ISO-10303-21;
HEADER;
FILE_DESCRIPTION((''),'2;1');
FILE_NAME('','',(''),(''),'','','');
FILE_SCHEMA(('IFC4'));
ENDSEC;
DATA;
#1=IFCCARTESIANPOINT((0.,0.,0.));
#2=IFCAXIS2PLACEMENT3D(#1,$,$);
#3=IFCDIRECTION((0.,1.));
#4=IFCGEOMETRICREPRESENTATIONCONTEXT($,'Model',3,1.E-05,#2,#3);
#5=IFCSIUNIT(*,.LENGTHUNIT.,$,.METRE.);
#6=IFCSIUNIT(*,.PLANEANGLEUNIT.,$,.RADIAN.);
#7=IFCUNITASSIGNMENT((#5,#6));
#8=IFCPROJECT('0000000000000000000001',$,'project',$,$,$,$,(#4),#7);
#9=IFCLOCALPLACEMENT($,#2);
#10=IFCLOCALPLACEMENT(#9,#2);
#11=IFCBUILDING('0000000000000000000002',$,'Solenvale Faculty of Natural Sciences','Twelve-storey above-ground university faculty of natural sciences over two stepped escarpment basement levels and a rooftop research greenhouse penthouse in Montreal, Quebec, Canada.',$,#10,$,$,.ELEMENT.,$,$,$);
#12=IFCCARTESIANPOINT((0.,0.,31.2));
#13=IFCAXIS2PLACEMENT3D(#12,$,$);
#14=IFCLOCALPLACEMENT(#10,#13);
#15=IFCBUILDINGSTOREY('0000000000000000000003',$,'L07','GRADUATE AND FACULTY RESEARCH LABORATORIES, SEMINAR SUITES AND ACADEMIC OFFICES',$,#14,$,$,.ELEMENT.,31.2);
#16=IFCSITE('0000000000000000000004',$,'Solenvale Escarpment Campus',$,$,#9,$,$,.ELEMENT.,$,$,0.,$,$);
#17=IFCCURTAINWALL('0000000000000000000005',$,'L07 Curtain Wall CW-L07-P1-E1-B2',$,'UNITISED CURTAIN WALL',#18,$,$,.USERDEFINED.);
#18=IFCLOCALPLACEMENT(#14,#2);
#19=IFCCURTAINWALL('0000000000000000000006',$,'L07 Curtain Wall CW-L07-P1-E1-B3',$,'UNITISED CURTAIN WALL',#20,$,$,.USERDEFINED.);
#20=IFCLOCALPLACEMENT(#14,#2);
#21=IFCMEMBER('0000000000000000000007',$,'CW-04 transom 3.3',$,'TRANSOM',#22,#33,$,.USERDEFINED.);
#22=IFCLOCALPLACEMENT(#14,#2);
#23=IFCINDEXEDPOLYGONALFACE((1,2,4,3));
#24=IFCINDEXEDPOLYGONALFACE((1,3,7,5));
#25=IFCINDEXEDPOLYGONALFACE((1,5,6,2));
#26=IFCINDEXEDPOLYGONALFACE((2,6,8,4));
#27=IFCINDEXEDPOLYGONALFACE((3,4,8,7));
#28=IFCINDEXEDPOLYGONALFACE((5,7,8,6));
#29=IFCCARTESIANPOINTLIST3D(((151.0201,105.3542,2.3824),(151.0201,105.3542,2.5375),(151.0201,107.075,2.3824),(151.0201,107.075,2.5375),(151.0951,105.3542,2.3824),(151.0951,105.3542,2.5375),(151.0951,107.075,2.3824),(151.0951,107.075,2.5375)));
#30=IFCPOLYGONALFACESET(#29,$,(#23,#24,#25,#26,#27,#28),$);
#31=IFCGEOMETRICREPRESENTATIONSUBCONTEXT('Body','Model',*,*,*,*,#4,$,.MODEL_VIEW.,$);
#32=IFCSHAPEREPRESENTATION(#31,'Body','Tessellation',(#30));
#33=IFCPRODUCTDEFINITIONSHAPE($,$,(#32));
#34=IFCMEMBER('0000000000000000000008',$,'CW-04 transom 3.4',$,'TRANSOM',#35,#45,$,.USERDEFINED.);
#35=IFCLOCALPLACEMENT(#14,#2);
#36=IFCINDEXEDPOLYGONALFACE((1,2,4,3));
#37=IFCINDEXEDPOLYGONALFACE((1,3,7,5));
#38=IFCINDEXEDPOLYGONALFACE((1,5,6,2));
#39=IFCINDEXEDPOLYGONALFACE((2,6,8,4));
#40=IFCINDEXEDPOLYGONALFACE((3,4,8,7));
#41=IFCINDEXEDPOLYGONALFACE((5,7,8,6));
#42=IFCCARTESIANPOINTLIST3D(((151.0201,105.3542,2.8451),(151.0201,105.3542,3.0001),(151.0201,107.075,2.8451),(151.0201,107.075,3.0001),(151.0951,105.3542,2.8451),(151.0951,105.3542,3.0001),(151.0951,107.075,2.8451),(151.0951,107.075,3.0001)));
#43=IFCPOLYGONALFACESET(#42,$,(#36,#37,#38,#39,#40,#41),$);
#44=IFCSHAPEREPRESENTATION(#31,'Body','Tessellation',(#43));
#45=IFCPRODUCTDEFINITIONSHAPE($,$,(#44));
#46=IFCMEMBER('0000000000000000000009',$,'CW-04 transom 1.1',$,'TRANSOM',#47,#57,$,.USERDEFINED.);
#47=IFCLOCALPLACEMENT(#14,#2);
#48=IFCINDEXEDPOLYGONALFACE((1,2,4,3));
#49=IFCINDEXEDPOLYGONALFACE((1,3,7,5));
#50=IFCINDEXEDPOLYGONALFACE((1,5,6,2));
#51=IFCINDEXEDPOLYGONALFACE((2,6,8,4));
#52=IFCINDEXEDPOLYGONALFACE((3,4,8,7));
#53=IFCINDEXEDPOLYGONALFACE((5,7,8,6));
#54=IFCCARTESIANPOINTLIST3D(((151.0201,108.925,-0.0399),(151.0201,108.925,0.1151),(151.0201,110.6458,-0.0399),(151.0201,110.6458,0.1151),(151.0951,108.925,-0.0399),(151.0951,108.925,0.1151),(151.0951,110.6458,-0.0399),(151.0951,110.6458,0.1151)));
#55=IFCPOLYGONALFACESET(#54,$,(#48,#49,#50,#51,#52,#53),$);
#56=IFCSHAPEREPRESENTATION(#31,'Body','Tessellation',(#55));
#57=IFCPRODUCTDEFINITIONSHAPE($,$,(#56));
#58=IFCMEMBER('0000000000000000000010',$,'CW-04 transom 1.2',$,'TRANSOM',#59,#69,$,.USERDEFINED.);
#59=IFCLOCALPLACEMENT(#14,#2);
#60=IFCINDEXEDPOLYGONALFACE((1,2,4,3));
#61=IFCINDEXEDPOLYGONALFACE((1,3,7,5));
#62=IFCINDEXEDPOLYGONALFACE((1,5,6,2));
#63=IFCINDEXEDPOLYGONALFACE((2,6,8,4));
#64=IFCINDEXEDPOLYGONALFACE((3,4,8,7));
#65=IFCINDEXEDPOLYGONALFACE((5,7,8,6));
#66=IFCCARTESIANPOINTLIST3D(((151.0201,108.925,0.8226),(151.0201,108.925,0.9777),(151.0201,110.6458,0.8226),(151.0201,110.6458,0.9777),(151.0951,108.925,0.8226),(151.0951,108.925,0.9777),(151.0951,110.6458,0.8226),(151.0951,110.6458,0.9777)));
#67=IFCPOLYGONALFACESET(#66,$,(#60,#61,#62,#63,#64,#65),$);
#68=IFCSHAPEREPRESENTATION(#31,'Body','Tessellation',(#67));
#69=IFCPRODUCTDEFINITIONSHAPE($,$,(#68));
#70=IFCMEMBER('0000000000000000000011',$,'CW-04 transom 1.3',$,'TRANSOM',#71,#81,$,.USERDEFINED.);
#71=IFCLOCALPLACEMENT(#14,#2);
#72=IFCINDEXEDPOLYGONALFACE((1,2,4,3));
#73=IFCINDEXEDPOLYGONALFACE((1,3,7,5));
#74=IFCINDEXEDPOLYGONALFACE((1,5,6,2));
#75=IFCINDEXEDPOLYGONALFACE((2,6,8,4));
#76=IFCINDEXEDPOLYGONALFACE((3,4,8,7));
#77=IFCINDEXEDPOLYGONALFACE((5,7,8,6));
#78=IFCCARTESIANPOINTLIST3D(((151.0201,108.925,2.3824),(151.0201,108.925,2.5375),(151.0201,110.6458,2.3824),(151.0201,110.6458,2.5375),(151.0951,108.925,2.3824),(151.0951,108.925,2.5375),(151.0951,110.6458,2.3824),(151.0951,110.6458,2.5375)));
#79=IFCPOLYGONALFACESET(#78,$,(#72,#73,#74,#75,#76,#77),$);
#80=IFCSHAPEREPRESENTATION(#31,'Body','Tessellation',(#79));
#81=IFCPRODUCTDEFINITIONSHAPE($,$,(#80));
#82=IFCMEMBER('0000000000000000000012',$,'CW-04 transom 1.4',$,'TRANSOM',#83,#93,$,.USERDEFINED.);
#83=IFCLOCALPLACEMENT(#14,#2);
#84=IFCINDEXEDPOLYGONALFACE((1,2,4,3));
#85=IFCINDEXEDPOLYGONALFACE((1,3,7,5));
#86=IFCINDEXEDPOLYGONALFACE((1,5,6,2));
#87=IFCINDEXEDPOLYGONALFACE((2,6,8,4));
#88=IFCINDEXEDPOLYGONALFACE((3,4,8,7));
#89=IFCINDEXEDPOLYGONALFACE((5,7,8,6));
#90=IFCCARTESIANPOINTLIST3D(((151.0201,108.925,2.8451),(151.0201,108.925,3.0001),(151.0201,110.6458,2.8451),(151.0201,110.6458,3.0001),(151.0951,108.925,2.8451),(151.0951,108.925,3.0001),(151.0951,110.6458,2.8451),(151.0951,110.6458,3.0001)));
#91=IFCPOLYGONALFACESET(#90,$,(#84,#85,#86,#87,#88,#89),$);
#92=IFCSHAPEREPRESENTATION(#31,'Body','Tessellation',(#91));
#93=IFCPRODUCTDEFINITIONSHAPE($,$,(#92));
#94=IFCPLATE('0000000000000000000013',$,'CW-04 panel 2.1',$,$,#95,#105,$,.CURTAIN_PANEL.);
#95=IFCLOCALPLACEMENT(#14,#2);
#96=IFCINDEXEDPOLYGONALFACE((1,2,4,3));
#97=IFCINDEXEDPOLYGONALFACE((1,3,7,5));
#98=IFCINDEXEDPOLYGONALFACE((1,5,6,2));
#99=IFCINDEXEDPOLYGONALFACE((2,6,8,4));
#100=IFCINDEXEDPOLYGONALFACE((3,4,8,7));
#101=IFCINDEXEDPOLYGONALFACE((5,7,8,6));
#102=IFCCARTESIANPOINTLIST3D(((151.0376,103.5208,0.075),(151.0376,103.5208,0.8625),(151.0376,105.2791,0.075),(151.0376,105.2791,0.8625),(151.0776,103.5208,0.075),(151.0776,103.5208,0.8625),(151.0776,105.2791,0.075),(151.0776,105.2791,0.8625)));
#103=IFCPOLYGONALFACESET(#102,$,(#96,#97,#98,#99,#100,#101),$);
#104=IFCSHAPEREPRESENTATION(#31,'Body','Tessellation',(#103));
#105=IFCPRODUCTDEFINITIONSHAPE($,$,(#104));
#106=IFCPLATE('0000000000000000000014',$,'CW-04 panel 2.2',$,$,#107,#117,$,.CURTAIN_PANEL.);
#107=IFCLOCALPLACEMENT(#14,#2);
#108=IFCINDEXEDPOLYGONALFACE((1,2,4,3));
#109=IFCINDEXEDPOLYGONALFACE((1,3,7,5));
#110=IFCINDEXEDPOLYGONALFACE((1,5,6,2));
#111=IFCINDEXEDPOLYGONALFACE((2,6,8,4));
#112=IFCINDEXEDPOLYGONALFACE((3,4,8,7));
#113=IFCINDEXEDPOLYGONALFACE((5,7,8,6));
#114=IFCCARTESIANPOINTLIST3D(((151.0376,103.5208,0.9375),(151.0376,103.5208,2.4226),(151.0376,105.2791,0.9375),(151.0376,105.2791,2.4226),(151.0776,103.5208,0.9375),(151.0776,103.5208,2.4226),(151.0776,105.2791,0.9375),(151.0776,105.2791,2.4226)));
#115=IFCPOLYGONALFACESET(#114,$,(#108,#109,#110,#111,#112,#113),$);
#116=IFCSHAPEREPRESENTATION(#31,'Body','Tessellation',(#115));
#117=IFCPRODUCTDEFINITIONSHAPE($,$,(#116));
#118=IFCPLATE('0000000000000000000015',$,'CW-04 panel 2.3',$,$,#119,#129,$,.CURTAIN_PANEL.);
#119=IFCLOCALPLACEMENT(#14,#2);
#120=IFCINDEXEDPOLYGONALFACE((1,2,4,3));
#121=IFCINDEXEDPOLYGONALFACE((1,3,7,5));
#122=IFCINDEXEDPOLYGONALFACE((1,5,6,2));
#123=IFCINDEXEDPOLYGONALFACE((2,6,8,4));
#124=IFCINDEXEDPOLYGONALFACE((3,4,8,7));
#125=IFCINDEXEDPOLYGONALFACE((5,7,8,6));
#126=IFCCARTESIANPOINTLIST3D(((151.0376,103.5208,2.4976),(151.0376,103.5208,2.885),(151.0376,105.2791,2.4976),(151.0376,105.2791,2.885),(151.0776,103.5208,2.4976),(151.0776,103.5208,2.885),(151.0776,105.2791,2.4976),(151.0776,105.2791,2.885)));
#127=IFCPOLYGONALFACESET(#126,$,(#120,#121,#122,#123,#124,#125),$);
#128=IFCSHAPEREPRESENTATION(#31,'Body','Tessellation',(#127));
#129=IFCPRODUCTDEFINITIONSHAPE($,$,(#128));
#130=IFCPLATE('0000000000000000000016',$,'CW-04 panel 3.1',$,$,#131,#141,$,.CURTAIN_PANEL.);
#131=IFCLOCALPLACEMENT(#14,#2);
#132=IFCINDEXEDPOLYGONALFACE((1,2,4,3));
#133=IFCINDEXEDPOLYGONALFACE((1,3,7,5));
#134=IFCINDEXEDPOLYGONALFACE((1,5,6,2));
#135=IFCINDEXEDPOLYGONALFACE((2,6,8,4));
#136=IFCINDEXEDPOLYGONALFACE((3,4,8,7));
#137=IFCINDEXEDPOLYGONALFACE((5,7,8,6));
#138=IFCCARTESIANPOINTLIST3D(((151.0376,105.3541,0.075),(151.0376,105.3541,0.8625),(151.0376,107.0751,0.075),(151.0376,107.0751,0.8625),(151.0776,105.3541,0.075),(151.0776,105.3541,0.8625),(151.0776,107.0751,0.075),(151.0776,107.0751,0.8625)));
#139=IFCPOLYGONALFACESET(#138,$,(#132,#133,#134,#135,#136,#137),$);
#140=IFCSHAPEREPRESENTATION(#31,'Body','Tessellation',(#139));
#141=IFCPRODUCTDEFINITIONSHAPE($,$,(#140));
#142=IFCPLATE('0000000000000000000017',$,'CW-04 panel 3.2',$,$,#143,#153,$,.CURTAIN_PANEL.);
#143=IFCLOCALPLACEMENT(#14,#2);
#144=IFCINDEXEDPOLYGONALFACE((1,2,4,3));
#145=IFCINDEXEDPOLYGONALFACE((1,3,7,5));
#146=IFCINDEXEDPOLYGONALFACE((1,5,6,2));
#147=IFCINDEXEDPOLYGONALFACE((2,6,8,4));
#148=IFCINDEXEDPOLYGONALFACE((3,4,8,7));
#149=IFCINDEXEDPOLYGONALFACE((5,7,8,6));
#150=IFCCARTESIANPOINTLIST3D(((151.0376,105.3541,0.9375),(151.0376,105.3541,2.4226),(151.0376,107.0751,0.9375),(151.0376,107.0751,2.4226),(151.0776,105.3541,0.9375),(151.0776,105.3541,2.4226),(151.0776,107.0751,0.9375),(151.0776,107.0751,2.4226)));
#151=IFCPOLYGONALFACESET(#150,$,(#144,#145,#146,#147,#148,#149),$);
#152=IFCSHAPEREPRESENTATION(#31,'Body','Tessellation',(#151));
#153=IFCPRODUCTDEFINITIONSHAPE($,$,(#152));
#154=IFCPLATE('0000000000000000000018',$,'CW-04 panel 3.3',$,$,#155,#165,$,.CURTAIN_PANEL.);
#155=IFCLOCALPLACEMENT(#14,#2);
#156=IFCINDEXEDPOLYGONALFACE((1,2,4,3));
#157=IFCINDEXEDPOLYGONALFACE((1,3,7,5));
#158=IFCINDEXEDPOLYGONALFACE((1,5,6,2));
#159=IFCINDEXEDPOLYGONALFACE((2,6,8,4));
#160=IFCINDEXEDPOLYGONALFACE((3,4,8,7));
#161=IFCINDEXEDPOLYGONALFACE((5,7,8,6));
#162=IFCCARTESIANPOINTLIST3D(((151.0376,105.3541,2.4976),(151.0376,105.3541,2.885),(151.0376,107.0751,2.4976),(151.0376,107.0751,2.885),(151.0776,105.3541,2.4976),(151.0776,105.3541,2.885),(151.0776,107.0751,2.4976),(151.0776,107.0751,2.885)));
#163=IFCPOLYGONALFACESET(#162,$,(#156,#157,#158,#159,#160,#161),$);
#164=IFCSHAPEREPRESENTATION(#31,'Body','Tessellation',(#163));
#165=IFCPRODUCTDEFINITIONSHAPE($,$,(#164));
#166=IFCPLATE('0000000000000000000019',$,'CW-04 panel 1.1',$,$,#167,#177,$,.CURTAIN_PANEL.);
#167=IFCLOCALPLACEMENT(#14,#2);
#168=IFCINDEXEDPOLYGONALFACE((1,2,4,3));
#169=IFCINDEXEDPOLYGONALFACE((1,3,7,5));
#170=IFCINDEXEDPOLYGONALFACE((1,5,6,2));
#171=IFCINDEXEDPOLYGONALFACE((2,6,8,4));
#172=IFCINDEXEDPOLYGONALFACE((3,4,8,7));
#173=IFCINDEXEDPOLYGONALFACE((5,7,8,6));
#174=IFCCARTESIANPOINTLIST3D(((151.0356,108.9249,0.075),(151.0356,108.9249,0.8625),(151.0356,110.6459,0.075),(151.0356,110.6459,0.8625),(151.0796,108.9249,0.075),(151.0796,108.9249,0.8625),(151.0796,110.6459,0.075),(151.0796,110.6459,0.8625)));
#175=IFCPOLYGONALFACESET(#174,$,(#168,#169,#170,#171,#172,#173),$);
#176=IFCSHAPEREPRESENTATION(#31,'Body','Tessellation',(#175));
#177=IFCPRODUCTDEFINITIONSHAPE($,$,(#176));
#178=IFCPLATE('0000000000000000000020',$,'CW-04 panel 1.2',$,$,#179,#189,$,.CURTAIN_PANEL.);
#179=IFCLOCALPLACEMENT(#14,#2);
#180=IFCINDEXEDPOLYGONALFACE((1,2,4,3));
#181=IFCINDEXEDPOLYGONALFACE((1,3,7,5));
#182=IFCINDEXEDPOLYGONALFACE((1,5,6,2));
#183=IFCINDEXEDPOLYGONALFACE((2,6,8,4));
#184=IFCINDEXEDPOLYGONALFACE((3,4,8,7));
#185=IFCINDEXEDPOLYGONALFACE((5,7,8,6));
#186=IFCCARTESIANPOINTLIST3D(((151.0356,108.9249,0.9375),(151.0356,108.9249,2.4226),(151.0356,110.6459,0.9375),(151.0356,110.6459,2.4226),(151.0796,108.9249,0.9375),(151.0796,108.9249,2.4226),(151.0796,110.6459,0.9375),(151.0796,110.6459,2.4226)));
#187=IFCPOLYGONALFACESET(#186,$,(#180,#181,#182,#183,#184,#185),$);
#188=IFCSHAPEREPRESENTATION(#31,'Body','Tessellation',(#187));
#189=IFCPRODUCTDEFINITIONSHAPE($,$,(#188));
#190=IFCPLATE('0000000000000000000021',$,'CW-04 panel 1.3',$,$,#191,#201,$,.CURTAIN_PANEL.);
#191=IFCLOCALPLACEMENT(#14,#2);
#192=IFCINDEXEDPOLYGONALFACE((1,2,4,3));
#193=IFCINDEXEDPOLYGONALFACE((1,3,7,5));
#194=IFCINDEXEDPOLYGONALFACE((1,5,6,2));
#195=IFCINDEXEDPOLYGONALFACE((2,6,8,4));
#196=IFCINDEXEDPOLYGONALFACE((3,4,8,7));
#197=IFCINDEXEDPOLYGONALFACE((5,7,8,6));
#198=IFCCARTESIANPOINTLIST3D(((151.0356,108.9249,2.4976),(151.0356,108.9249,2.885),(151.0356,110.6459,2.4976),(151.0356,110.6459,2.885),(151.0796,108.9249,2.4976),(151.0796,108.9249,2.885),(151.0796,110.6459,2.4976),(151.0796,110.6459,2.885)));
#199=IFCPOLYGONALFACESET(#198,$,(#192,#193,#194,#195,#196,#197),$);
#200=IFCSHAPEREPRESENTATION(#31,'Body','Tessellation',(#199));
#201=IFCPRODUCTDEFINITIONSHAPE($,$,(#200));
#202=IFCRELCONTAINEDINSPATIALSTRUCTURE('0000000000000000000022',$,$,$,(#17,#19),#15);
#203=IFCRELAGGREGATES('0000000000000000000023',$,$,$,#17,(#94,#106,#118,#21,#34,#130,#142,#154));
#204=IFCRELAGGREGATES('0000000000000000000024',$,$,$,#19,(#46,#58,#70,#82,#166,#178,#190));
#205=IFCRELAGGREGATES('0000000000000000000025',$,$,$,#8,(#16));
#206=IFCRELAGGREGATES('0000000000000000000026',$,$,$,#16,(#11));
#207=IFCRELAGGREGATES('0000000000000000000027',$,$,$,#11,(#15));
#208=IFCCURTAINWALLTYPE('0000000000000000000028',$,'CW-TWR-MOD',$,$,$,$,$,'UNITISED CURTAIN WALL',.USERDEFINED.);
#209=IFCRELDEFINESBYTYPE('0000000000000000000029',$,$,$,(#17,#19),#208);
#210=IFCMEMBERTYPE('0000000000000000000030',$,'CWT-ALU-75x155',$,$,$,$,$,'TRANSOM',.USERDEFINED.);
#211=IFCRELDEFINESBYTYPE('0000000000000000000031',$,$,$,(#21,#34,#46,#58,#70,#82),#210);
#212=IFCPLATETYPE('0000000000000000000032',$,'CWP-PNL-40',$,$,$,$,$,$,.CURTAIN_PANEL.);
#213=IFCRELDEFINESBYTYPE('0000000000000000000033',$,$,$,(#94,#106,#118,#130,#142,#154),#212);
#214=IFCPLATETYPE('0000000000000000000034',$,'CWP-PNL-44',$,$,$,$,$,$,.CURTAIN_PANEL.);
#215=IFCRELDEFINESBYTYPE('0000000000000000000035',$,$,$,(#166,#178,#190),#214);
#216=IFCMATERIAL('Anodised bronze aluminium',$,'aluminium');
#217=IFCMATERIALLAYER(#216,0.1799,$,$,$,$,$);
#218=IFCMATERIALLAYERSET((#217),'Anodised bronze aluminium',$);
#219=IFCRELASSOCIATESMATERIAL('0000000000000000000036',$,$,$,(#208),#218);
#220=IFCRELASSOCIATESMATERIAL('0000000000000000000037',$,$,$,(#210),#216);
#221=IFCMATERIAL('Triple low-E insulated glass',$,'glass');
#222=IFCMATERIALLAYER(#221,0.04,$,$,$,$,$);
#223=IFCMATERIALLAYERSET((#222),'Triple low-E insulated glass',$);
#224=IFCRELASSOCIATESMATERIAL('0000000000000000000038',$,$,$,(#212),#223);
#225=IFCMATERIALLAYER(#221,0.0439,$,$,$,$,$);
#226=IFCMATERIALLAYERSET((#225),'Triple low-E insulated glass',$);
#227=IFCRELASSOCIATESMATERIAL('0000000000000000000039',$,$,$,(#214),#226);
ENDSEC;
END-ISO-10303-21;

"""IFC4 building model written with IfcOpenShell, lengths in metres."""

from ifc_helpers import new_model, si_unit, direction, frame, origin, origin_2d, place, context, subcontext, project, spatial, rectangle, extrude, material, layer, layer_set, material_profile, profile_set, type_object, element, aggregate, save


model = new_model("IFC4")

# Units and contexts
model_context = context("Model", 3, precision=1e-05, world=origin(), true_north=direction((0.0, 1.0)))
body_context = subcontext(model_context, "Body", "Model", "MODEL_VIEW")
ifc_project = project(units=[si_unit("LENGTHUNIT", "METRE"), si_unit("PLANEANGLEUNIT", "RADIAN")], contexts=[model_context])

# Site, building, storey
site_placement = place(None, origin())
site = spatial("IfcSite", under=ifc_project, at=site_placement, Name="Solenvale Escarpment Campus", CompositionType="ELEMENT", RefElevation=0.0)
building_placement = place(site_placement, origin())
building = spatial("IfcBuilding", under=site, at=building_placement, Name="Solenvale Faculty of Natural Sciences", Description="Twelve-storey above-ground university faculty of natural sciences over two stepped escarpment basement levels and a rooftop research greenhouse penthouse in Montreal, Quebec, Canada.", CompositionType="ELEMENT")
storey_placement = place(building_placement, frame((0.0, 0.0, 31.2)))
storey = spatial("IfcBuildingStorey", under=building, at=storey_placement, Name="L07", Description="GRADUATE AND FACULTY RESEARCH LABORATORIES, SEMINAR SUITES AND ACADEMIC OFFICES", CompositionType="ELEMENT", Elevation=31.2)

# Curtain wall
ifc_material_1 = material(Name="Anodised bronze aluminium", Category="aluminium")
ifc_layer_1 = layer(ifc_material_1, 0.1799)
ifc_layer_set_1 = layer_set([ifc_layer_1], Name="Anodised bronze aluminium")
curtain_wall_type = type_object("IfcCurtainWallType", Name="CW-TWR-MOD", ElementType="UNITISED CURTAIN WALL", PredefinedType="USERDEFINED", material=ifc_layer_set_1)
curtain_wall_1_placement = place(storey_placement, origin())
curtain_wall_1 = element("IfcCurtainWall", 1, at=curtain_wall_1_placement, inside=storey, type_object=curtain_wall_type, Name="L07 Curtain Wall CW-L07-P1-E1-B2", ObjectType="UNITISED CURTAIN WALL", PredefinedType="USERDEFINED")

# Curtain wall
curtain_wall_2_placement = place(storey_placement, origin())
curtain_wall_2 = element("IfcCurtainWall", 2, at=curtain_wall_2_placement, inside=storey, type_object=curtain_wall_type, Name="L07 Curtain Wall CW-L07-P1-E1-B3", ObjectType="UNITISED CURTAIN WALL", PredefinedType="USERDEFINED")

# Members
ifc_material_profile_1 = material_profile(ifc_material_1, rectangle(XDim=0.075, YDim=0.155, at=origin_2d()), Name="ALU-TRN-75x155")
ifc_profile_set_1 = profile_set([ifc_material_profile_1], Name="Anodised bronze aluminium")
member_type_1 = type_object("IfcMemberType", Name="CWT-ALU-75x155", ElementType="TRANSOM", PredefinedType="USERDEFINED", material=ifc_profile_set_1)
member_1_placement = place(storey_placement, frame((151.0576, 105.3542, 2.46), z_axis=(0.0, 1.0, 0.0), x_axis=(-1.0, 0.0, 0.0)))
member_1 = element("IfcMember", 3, at=member_1_placement, type_object=member_type_1, Name="CW-04 transom 3.3", ObjectType="TRANSOM", PredefinedType="USERDEFINED", context=body_context, shape_type="SweptSolid", body=[
    extrude(rectangle(XDim=0.075, YDim=0.155, at=origin_2d()), origin(), (0.0, 0.0, 1.0), 1.7207),
])
member_2_placement = place(storey_placement, frame((151.0576, 105.3542, 2.9226), z_axis=(0.0, 1.0, 0.0), x_axis=(-1.0, 0.0, 0.0)))
member_2 = element("IfcMember", 4, at=member_2_placement, type_object=member_type_1, Name="CW-04 transom 3.4", ObjectType="TRANSOM", PredefinedType="USERDEFINED", context=body_context, shape_type="SweptSolid", body=[
    extrude(rectangle(XDim=0.075, YDim=0.155, at=origin_2d()), origin(), (0.0, 0.0, 1.0), 1.7207),
])
member_3_placement = place(storey_placement, frame((151.0576, 108.925, 0.0376), z_axis=(0.0, 1.0, 0.0), x_axis=(-1.0, 0.0, 0.0)))
member_3 = element("IfcMember", 5, at=member_3_placement, type_object=member_type_1, Name="CW-04 transom 1.1", ObjectType="TRANSOM", PredefinedType="USERDEFINED", context=body_context, shape_type="SweptSolid", body=[
    extrude(rectangle(XDim=0.075, YDim=0.155, at=origin_2d()), origin(), (0.0, 0.0, 1.0), 1.7207),
])
member_4_placement = place(storey_placement, frame((151.0576, 108.925, 0.9001), z_axis=(0.0, 1.0, 0.0), x_axis=(-1.0, 0.0, 0.0)))
member_4 = element("IfcMember", 6, at=member_4_placement, type_object=member_type_1, Name="CW-04 transom 1.2", ObjectType="TRANSOM", PredefinedType="USERDEFINED", context=body_context, shape_type="SweptSolid", body=[
    extrude(rectangle(XDim=0.075, YDim=0.155, at=origin_2d()), origin(), (0.0, 0.0, 1.0), 1.7207),
])
member_5_placement = place(storey_placement, frame((151.0576, 108.925, 2.46), z_axis=(0.0, 1.0, 0.0), x_axis=(-1.0, 0.0, 0.0)))
member_5 = element("IfcMember", 7, at=member_5_placement, type_object=member_type_1, Name="CW-04 transom 1.3", ObjectType="TRANSOM", PredefinedType="USERDEFINED", context=body_context, shape_type="SweptSolid", body=[
    extrude(rectangle(XDim=0.075, YDim=0.155, at=origin_2d()), origin(), (0.0, 0.0, 1.0), 1.7207),
])
member_6_placement = place(storey_placement, frame((151.0576, 108.925, 2.9226), z_axis=(0.0, 1.0, 0.0), x_axis=(-1.0, 0.0, 0.0)))
member_6 = element("IfcMember", 8, at=member_6_placement, type_object=member_type_1, Name="CW-04 transom 1.4", ObjectType="TRANSOM", PredefinedType="USERDEFINED", context=body_context, shape_type="SweptSolid", body=[
    extrude(rectangle(XDim=0.075, YDim=0.155, at=origin_2d()), origin(), (0.0, 0.0, 1.0), 1.7207),
])

# Plates
ifc_material_2 = material(Name="Triple low-E insulated glass", Category="glass")
ifc_layer_2 = layer(ifc_material_2, 0.04)
ifc_layer_set_2 = layer_set([ifc_layer_2], Name="Triple low-E insulated glass")
plate_type_1 = type_object("IfcPlateType", Name="CWP-PNL-40", PredefinedType="CURTAIN_PANEL", material=ifc_layer_set_2)
plate_1_placement = place(storey_placement, frame((151.0576, 104.3999, 0.075), z_axis=(0.0, 0.0, 1.0), x_axis=(0.0, 1.0, 0.0)))
plate_1 = element("IfcPlate", 9, at=plate_1_placement, type_object=plate_type_1, Name="CW-04 panel 2.1", PredefinedType="CURTAIN_PANEL", context=body_context, shape_type="SweptSolid", body=[
    extrude(rectangle(XDim=1.7583, YDim=0.04, at=origin_2d()), origin(), (0.0, 0.0, 1.0), 0.7876),
])
plate_2_placement = place(storey_placement, frame((151.0576, 104.3999, 0.9375), z_axis=(0.0, 0.0, 1.0), x_axis=(0.0, 1.0, 0.0)))
plate_2 = element("IfcPlate", 10, at=plate_2_placement, type_object=plate_type_1, Name="CW-04 panel 2.2", PredefinedType="CURTAIN_PANEL", context=body_context, shape_type="SweptSolid", body=[
    extrude(rectangle(XDim=1.7583, YDim=0.04, at=origin_2d()), origin(), (0.0, 0.0, 1.0), 1.4851),
])
plate_3_placement = place(storey_placement, frame((151.0576, 104.3999, 2.4976), z_axis=(0.0, 0.0, 1.0), x_axis=(0.0, 1.0, 0.0)))
plate_3 = element("IfcPlate", 11, at=plate_3_placement, type_object=plate_type_1, Name="CW-04 panel 2.3", PredefinedType="CURTAIN_PANEL", context=body_context, shape_type="SweptSolid", body=[
    extrude(rectangle(XDim=1.7583, YDim=0.04, at=origin_2d()), origin(), (0.0, 0.0, 1.0), 0.3875),
])
plate_4_placement = place(storey_placement, frame((151.0576, 106.2146, 0.075), z_axis=(0.0, 0.0, 1.0), x_axis=(0.0, 1.0, 0.0)))
plate_4 = element("IfcPlate", 12, at=plate_4_placement, type_object=plate_type_1, Name="CW-04 panel 3.1", PredefinedType="CURTAIN_PANEL", context=body_context, shape_type="SweptSolid", body=[
    extrude(rectangle(XDim=1.7209, YDim=0.04, at=origin_2d()), origin(), (0.0, 0.0, 1.0), 0.7876),
])
plate_5_placement = place(storey_placement, frame((151.0576, 106.2146, 0.9375), z_axis=(0.0, 0.0, 1.0), x_axis=(0.0, 1.0, 0.0)))
plate_5 = element("IfcPlate", 13, at=plate_5_placement, type_object=plate_type_1, Name="CW-04 panel 3.2", PredefinedType="CURTAIN_PANEL", context=body_context, shape_type="SweptSolid", body=[
    extrude(rectangle(XDim=1.7209, YDim=0.04, at=origin_2d()), origin(), (0.0, 0.0, 1.0), 1.4851),
])
plate_6_placement = place(storey_placement, frame((151.0576, 106.2146, 2.4976), z_axis=(0.0, 0.0, 1.0), x_axis=(0.0, 1.0, 0.0)))
plate_6 = element("IfcPlate", 14, at=plate_6_placement, type_object=plate_type_1, Name="CW-04 panel 3.3", PredefinedType="CURTAIN_PANEL", context=body_context, shape_type="SweptSolid", body=[
    extrude(rectangle(XDim=1.7209, YDim=0.04, at=origin_2d()), origin(), (0.0, 0.0, 1.0), 0.3875),
])
aggregate(curtain_wall_1, [plate_1, plate_2, plate_3, member_1, member_2, plate_4, plate_5, plate_6])
ifc_layer_3 = layer(ifc_material_2, 0.0439)
ifc_layer_set_3 = layer_set([ifc_layer_3], Name="Triple low-E insulated glass")
plate_type_2 = type_object("IfcPlateType", Name="CWP-PNL-44", PredefinedType="CURTAIN_PANEL", material=ifc_layer_set_3)
plate_7_placement = place(storey_placement, frame((151.0576, 109.7854, 0.075), z_axis=(0.0, 0.0, 1.0), x_axis=(0.0, 1.0, 0.0)))
plate_7 = element("IfcPlate", 15, at=plate_7_placement, type_object=plate_type_2, Name="CW-04 panel 1.1", PredefinedType="CURTAIN_PANEL", context=body_context, shape_type="SweptSolid", body=[
    extrude(rectangle(XDim=1.7209, YDim=0.0439, at=origin_2d()), origin(), (0.0, 0.0, 1.0), 0.7876),
])
plate_8_placement = place(storey_placement, frame((151.0576, 109.7854, 0.9375), z_axis=(0.0, 0.0, 1.0), x_axis=(0.0, 1.0, 0.0)))
plate_8 = element("IfcPlate", 16, at=plate_8_placement, type_object=plate_type_2, Name="CW-04 panel 1.2", PredefinedType="CURTAIN_PANEL", context=body_context, shape_type="SweptSolid", body=[
    extrude(rectangle(XDim=1.7209, YDim=0.0439, at=origin_2d()), origin(), (0.0, 0.0, 1.0), 1.4851),
])
plate_9_placement = place(storey_placement, frame((151.0576, 109.7854, 2.4976), z_axis=(0.0, 0.0, 1.0), x_axis=(0.0, 1.0, 0.0)))
plate_9 = element("IfcPlate", 17, at=plate_9_placement, type_object=plate_type_2, Name="CW-04 panel 1.3", PredefinedType="CURTAIN_PANEL", context=body_context, shape_type="SweptSolid", body=[
    extrude(rectangle(XDim=1.7209, YDim=0.0439, at=origin_2d()), origin(), (0.0, 0.0, 1.0), 0.3875),
])
aggregate(curtain_wall_2, [member_3, member_4, member_5, member_6, plate_7, plate_8, plate_9])

save(model, "model.ifc")
